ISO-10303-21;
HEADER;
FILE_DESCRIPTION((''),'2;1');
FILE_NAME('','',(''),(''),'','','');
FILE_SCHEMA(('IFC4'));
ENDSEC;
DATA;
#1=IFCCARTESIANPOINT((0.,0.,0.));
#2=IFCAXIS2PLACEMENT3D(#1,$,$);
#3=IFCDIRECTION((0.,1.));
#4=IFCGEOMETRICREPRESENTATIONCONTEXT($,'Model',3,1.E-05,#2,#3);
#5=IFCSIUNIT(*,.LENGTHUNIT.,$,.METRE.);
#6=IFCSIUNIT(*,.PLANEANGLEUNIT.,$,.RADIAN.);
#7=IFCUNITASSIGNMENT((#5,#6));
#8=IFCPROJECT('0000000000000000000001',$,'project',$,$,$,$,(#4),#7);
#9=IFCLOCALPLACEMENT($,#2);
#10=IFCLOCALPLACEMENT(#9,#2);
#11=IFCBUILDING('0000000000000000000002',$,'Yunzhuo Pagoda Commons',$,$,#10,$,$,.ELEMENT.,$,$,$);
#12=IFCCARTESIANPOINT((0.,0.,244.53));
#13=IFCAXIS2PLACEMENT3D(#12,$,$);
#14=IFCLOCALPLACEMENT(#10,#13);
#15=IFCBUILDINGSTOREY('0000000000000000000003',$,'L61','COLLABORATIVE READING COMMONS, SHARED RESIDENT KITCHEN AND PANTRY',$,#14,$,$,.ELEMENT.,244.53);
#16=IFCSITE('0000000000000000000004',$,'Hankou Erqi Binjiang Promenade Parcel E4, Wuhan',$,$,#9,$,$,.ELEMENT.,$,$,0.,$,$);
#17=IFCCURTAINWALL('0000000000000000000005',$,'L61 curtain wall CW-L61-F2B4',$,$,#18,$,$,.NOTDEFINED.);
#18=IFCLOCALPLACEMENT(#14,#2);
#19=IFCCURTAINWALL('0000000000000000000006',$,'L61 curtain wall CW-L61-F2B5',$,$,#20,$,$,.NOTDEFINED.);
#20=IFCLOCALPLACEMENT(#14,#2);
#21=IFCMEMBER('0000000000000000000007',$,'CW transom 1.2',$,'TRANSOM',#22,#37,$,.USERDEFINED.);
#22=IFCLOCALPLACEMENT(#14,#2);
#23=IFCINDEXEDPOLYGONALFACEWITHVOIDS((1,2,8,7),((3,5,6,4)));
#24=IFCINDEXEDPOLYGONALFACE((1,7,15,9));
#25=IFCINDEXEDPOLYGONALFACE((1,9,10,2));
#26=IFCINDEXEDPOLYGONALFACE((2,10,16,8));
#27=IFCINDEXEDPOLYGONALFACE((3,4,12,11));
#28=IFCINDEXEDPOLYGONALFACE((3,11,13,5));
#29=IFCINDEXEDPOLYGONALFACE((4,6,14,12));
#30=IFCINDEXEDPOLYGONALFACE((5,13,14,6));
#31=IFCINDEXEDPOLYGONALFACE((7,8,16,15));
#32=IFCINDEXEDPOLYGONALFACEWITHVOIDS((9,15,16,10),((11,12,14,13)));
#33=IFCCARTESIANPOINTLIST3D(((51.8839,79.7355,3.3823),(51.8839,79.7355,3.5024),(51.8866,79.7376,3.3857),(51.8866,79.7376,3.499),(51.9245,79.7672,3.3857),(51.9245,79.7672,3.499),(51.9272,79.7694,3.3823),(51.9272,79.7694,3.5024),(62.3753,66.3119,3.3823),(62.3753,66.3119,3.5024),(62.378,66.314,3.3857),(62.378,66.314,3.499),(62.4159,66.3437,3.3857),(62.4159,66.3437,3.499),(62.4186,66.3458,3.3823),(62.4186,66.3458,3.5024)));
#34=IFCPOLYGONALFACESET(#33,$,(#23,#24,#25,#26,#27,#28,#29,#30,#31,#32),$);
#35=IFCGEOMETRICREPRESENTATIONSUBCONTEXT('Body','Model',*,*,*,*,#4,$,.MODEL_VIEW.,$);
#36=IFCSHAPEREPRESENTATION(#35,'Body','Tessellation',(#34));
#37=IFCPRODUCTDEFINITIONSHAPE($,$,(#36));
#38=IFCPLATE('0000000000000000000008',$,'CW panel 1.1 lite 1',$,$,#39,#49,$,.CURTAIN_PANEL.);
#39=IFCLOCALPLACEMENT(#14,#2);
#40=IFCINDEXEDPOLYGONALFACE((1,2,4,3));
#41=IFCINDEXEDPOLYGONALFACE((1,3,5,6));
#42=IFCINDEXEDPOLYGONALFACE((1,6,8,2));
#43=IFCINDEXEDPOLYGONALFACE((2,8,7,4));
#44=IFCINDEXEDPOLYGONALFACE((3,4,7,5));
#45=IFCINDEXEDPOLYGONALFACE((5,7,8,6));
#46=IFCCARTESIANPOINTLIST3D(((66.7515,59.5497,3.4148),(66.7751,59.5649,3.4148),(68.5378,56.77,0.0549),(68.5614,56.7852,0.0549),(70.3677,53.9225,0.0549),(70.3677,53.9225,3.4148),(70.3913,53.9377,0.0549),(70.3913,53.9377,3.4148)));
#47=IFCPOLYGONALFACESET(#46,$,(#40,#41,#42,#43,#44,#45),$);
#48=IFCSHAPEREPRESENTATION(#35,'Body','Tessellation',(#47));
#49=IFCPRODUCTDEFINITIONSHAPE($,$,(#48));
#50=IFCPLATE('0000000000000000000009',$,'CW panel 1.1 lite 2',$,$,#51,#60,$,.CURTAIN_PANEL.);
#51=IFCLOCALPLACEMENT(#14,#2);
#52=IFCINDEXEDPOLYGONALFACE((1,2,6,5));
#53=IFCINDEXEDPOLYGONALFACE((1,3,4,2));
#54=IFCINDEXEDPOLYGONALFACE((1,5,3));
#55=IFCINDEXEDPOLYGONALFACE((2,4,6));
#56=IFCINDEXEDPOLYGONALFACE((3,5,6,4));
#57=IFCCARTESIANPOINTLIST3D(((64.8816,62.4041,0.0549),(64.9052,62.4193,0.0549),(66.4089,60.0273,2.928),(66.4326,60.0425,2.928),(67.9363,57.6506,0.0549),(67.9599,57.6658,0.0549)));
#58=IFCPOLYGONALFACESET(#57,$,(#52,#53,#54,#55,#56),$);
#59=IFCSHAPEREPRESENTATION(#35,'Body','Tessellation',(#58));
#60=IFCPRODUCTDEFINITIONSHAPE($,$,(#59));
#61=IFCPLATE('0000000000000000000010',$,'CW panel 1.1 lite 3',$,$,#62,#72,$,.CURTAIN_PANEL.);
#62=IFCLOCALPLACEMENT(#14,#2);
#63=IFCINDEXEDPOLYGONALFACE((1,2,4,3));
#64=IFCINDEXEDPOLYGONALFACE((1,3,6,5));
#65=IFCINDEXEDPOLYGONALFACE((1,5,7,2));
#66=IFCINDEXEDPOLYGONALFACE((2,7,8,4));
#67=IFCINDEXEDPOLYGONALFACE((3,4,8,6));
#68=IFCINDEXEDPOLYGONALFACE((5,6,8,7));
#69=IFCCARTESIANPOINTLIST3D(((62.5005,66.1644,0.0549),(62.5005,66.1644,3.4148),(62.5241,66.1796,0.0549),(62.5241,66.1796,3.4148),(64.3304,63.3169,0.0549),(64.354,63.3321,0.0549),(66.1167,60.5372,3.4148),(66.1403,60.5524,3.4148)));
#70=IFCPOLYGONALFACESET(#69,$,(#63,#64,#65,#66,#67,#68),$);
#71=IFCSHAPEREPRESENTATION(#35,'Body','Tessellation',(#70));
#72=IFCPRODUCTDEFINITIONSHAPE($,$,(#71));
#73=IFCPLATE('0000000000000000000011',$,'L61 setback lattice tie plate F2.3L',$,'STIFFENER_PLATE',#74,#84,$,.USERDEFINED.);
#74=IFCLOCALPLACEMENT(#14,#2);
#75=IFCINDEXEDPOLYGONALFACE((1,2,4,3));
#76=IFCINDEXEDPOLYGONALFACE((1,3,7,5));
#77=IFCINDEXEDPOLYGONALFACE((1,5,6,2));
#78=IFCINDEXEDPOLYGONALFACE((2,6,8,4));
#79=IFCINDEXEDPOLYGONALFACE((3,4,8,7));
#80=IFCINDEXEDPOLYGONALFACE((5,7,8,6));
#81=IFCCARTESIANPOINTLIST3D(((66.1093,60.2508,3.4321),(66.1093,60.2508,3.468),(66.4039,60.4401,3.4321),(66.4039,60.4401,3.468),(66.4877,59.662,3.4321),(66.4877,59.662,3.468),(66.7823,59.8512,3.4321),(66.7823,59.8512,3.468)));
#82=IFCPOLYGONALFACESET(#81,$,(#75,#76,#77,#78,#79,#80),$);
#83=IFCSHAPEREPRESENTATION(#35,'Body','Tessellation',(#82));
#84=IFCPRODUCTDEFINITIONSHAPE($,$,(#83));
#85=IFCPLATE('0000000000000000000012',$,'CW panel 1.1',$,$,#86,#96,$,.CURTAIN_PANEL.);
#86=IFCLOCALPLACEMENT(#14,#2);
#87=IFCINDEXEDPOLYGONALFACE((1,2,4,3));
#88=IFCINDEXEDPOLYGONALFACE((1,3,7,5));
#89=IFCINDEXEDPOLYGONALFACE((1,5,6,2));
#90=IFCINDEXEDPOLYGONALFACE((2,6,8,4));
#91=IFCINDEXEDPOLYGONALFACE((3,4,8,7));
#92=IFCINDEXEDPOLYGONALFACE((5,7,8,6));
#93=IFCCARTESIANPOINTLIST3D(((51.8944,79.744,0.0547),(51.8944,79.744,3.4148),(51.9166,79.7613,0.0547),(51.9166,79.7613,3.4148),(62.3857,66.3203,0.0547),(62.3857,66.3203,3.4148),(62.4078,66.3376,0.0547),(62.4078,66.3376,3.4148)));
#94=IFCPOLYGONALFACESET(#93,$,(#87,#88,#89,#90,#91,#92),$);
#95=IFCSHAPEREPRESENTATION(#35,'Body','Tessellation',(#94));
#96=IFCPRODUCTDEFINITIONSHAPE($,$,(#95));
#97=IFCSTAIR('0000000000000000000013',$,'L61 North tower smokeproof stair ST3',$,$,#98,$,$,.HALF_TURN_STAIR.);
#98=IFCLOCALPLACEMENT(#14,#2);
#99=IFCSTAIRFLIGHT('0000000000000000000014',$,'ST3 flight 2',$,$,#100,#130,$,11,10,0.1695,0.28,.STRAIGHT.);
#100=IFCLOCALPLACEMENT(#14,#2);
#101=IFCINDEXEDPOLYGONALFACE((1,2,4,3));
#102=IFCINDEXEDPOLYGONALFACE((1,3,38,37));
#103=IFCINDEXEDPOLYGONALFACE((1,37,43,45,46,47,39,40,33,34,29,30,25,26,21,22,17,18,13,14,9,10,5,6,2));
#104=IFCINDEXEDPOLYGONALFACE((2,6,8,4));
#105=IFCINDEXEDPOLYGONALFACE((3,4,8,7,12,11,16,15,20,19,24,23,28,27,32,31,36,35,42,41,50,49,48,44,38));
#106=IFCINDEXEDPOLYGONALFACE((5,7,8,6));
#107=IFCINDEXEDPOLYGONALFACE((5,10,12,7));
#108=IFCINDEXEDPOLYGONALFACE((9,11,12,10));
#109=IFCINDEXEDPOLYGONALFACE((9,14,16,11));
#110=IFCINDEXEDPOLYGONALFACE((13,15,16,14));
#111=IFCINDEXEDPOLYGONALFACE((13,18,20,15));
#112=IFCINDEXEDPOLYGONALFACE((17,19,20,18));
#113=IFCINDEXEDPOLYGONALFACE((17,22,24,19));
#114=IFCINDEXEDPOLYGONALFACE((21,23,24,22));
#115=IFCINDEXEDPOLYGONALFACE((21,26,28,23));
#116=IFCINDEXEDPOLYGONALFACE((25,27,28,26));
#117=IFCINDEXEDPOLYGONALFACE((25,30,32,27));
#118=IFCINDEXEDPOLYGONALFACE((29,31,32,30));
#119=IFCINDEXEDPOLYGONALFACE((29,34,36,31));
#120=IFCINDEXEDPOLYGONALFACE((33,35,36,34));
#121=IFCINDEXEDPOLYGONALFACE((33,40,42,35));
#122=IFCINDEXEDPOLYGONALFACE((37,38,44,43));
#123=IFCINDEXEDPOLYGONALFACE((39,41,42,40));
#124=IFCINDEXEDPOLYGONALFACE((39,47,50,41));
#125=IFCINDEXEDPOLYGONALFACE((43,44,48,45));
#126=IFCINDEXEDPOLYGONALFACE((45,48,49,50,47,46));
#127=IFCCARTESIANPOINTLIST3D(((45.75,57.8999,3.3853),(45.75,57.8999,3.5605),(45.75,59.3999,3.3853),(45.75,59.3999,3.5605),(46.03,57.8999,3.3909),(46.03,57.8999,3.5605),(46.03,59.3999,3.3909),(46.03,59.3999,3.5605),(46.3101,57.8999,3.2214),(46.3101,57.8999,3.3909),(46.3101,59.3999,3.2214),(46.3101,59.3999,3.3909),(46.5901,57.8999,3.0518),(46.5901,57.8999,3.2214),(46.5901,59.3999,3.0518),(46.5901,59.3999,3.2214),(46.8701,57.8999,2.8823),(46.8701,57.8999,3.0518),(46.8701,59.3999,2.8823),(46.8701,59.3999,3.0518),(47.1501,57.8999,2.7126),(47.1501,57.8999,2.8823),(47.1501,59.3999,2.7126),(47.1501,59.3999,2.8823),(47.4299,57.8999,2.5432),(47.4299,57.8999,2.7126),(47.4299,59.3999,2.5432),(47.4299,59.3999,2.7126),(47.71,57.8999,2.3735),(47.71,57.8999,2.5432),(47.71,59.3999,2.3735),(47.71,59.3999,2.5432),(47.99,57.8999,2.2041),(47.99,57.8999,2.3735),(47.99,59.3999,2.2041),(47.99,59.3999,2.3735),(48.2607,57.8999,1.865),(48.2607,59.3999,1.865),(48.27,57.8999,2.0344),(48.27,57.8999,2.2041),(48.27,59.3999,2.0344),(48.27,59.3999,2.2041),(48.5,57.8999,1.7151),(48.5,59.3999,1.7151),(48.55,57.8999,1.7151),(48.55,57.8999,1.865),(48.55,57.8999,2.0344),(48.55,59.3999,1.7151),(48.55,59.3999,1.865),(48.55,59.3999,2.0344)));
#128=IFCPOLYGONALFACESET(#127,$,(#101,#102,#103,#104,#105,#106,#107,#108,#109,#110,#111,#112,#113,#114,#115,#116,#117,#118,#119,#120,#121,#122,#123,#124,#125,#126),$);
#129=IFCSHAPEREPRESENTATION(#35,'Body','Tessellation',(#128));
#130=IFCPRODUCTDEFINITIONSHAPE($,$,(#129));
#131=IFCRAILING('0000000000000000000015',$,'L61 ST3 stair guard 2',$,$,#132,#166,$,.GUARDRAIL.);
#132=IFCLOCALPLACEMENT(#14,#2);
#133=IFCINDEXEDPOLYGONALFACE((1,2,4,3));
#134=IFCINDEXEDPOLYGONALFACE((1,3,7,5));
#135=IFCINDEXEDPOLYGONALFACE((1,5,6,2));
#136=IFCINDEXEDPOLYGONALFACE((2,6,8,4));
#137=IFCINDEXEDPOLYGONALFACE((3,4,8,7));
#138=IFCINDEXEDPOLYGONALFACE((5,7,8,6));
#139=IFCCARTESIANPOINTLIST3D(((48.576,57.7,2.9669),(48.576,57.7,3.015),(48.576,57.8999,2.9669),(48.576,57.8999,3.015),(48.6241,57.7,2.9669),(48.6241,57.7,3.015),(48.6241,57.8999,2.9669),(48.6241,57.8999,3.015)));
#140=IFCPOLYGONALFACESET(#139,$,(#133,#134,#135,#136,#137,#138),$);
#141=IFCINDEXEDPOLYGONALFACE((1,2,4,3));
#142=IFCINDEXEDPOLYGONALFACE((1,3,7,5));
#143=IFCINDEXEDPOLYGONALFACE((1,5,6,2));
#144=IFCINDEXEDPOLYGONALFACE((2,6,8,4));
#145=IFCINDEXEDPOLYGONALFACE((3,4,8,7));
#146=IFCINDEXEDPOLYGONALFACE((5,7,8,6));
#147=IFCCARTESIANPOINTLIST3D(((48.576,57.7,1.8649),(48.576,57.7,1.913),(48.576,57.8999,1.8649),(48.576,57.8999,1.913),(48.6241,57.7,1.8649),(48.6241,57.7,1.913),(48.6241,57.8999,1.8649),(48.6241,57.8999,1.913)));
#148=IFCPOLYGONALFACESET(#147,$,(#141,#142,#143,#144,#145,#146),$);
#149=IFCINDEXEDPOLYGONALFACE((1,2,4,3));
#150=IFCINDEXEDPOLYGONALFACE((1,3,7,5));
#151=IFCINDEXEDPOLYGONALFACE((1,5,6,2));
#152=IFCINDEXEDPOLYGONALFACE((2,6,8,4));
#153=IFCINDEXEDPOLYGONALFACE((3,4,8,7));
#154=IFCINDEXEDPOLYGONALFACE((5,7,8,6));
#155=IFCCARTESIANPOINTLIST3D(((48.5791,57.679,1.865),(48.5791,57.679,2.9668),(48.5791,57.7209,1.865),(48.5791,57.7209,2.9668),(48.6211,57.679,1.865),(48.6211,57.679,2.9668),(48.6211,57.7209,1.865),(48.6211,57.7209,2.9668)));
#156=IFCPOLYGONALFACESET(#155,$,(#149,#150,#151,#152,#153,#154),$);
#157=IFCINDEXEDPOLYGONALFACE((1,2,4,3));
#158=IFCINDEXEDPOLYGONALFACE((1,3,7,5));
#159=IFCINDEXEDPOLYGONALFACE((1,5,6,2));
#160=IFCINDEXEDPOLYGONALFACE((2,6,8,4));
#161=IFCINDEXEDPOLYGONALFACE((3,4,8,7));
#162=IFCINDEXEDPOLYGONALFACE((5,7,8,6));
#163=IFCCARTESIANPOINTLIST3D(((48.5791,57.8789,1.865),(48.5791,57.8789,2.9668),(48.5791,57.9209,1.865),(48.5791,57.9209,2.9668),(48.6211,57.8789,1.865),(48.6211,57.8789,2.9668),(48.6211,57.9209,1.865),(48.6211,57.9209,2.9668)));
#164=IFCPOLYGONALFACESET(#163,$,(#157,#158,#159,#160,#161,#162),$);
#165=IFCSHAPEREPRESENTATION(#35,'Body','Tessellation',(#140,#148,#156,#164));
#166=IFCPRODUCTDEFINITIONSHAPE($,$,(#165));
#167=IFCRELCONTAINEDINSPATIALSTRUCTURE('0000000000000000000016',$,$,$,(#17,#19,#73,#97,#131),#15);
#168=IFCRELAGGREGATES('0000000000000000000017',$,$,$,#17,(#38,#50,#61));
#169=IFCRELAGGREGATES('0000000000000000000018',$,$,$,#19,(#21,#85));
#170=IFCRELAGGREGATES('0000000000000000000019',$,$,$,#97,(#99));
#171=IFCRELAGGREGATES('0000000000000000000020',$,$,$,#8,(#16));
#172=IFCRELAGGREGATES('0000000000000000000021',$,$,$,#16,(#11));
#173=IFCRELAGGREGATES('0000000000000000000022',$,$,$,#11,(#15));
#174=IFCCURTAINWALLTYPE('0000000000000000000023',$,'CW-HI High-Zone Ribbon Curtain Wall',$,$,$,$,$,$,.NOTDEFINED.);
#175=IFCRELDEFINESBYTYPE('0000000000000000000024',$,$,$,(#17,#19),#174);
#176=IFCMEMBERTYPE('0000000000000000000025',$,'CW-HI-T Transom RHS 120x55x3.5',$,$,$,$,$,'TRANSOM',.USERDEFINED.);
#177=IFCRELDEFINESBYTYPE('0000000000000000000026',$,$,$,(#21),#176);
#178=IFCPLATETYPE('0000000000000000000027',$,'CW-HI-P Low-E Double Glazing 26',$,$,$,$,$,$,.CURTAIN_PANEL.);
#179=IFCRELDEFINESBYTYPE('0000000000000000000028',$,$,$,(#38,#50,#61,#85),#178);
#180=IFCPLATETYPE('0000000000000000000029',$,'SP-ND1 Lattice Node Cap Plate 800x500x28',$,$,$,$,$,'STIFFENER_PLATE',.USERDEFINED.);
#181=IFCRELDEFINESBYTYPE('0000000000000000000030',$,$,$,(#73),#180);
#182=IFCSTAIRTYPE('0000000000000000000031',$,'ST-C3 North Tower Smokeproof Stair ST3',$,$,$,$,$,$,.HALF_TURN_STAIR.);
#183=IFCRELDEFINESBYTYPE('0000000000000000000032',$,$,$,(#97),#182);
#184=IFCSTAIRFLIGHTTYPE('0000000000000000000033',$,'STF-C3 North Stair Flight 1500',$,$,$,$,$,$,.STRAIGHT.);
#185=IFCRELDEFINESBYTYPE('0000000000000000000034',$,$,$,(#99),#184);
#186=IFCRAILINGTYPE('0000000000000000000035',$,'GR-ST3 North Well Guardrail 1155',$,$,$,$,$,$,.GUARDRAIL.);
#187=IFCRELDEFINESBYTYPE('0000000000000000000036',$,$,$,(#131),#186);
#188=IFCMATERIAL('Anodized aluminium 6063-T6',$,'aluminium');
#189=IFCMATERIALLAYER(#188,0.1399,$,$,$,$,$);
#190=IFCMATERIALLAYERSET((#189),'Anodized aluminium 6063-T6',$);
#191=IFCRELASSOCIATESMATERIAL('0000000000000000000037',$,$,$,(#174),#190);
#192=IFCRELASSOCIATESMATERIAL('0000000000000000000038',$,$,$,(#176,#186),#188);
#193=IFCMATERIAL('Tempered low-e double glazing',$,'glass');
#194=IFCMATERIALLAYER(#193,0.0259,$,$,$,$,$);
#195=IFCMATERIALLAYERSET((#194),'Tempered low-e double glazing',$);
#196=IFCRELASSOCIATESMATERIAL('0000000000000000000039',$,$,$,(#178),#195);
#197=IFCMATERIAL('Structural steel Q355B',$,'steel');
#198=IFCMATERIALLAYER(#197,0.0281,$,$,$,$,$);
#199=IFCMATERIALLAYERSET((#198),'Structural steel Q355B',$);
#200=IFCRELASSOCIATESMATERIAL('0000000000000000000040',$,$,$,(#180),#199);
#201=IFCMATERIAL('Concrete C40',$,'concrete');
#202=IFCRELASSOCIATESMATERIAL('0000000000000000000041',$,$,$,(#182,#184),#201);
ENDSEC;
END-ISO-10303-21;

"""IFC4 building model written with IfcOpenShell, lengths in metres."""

from ifc_helpers import new_model, si_unit, direction, frame, origin, origin_2d, place, context, subcontext, project, spatial, polyline, rectangle, hollow_rectangle, outline, extrude, source, transform, mapped, material, layer, layer_set, material_profile, profile_set, type_object, element, aggregate, save


model = new_model("IFC4")

# Units and contexts
model_context = context("Model", 3, precision=1e-05, world=origin(), true_north=direction((0.0, 1.0)))
body_context = subcontext(model_context, "Body", "Model", "MODEL_VIEW")
ifc_project = project(units=[si_unit("LENGTHUNIT", "METRE"), si_unit("PLANEANGLEUNIT", "RADIAN")], contexts=[model_context])

# Site, building, storey
site_placement = place(None, origin())
site = spatial("IfcSite", under=ifc_project, at=site_placement, Name="Hankou Erqi Binjiang Promenade Parcel E4, Wuhan", CompositionType="ELEMENT", RefElevation=0.0)
building_placement = place(site_placement, origin())
building = spatial("IfcBuilding", under=site, at=building_placement, Name="Yunzhuo Pagoda Commons", CompositionType="ELEMENT")
storey_placement = place(building_placement, frame((0.0, 0.0, 244.53)))
storey = spatial("IfcBuildingStorey", under=building, at=storey_placement, Name="L61", Description="COLLABORATIVE READING COMMONS, SHARED RESIDENT KITCHEN AND PANTRY", CompositionType="ELEMENT", Elevation=244.53)

# Shared definitions
ifc_material_1 = material(Name="Structural steel Q355B", Category="steel")

# Curtain wall
ifc_material_2 = material(Name="Anodized aluminium 6063-T6", Category="aluminium")
ifc_layer_1 = layer(ifc_material_2, 0.1399)
ifc_layer_set_1 = layer_set([ifc_layer_1], Name="Anodized aluminium 6063-T6")
curtain_wall_type = type_object("IfcCurtainWallType", Name="CW-HI High-Zone Ribbon Curtain Wall", PredefinedType="NOTDEFINED", material=ifc_layer_set_1)
curtain_wall_1_placement = place(storey_placement, origin())
curtain_wall_1 = element("IfcCurtainWall", 1, at=curtain_wall_1_placement, inside=storey, type_object=curtain_wall_type, Name="L61 curtain wall CW-L61-F2B4", PredefinedType="NOTDEFINED")

# Curtain wall, member
curtain_wall_2_placement = place(storey_placement, origin())
curtain_wall_2 = element("IfcCurtainWall", 2, at=curtain_wall_2_placement, inside=storey, type_object=curtain_wall_type, Name="L61 curtain wall CW-L61-F2B5", PredefinedType="NOTDEFINED")
ifc_material_profile_1 = material_profile(ifc_material_2, hollow_rectangle(XDim=0.0549, YDim=0.1201, WallThickness=0.0034, at=origin_2d()), Name="Anodized aluminium 6063-T6")
ifc_profile_set_1 = profile_set([ifc_material_profile_1], Name="Anodized aluminium 6063-T6")
member_type_1 = type_object("IfcMemberType", Name="CW-HI-T Transom RHS 120x55x3.5", ElementType="TRANSOM", PredefinedType="USERDEFINED", material=ifc_profile_set_1)
shared_shape_1 = source(origin(), body_context, "Body", "SweptSolid", [
    extrude(hollow_rectangle(XDim=0.0549, YDim=0.1201, WallThickness=0.0034, at=origin_2d()), origin(), (0.0, 0.0, 1.0), 17.0371),
])
member_1_placement = place(storey_placement, frame((62.397, 66.3289, 3.4424), z_axis=(-0.6158, 0.787902, 0.0), x_axis=(-0.787902, -0.6158, 0.0)))
member_1 = element("IfcMember", 3, at=member_1_placement, type_object=member_type_1, Name="CW transom 1.2", ObjectType="TRANSOM", PredefinedType="USERDEFINED", context=body_context, shape_type="MappedRepresentation", body=[
    mapped(shared_shape_1, transform((0.0, 0.0, 0.0), scale=1.0)),
])

# Plates
ifc_material_3 = material(Name="Tempered low-e double glazing", Category="glass")
ifc_layer_2 = layer(ifc_material_3, 0.0259)
ifc_layer_set_2 = layer_set([ifc_layer_2], Name="Tempered low-e double glazing")
plate_type_1 = type_object("IfcPlateType", Name="CW-HI-P Low-E Double Glazing 26", PredefinedType="CURTAIN_PANEL", material=ifc_layer_set_2)
plate_1_placement = place(storey_placement, frame((68.5596, 56.7361, 1.7349), z_axis=(0.841269, 0.540617, 0.0), x_axis=(-0.540617, 0.841269, 0.0)))
plate_1 = element("IfcPlate", 4, at=plate_1_placement, type_object=plate_type_1, Name="CW panel 1.1 lite 1", PredefinedType="CURTAIN_PANEL", context=body_context, shape_type="SweptSolid", body=[
    extrude(outline(polyline([(-3.3445, -1.6799), (0.0403, -1.6799), (3.3445, 1.6799), (-3.3445, 1.6799), (-3.3445, -1.6799)])), origin(), (0.0, 0.0, 1.0), 0.0281),
])
plate_2_placement = place(storey_placement, frame((66.4089, 60.0273, 1.4915), z_axis=(0.841269, 0.540617, 0.0), x_axis=(-0.540617, 0.841269, 0.0)))
plate_2 = element("IfcPlate", 5, at=plate_2_placement, type_object=plate_type_1, Name="CW panel 1.1 lite 2", PredefinedType="CURTAIN_PANEL", context=body_context, shape_type="SweptSolid", body=[
    extrude(outline(polyline([(-2.8252, -1.4365), (2.8252, -1.4365), (0.0, 1.4365), (-2.8252, -1.4365)])), origin(), (0.0, 0.0, 1.0), 0.0281),
])
plate_3_placement = place(storey_placement, frame((64.3086, 63.3508, 1.7349), z_axis=(0.841269, 0.540617, 0.0), x_axis=(-0.540617, 0.841269, 0.0)))
plate_3 = element("IfcPlate", 6, at=plate_3_placement, type_object=plate_type_1, Name="CW panel 1.1 lite 3", PredefinedType="CURTAIN_PANEL", context=body_context, shape_type="SweptSolid", body=[
    extrude(outline(polyline([(-3.3445, 1.6799), (-0.0403, -1.6799), (3.3445, -1.6799), (3.3445, 1.6799), (-3.3445, 1.6799)])), origin(), (0.0, 0.0, 1.0), 0.0281),
])
aggregate(curtain_wall_1, [plate_1, plate_2, plate_3])
ifc_layer_3 = layer(ifc_material_1, 0.0281)
ifc_layer_set_3 = layer_set([ifc_layer_3], Name="Structural steel Q355B")
plate_type_2 = type_object("IfcPlateType", Name="SP-ND1 Lattice Node Cap Plate 800x500x28", ElementType="STIFFENER_PLATE", PredefinedType="USERDEFINED", material=ifc_layer_set_3)
shared_shape_2 = source(origin(), body_context, "Body", "SweptSolid", [
    extrude(rectangle(XDim=0.7, YDim=0.3501, at=origin_2d()), origin(), (0.0, 0.0, 1.0), 0.0359),
])
plate_4_placement = place(storey_placement, frame((66.4458, 60.051, 3.4321), z_axis=(0.0, 0.0, 1.0), x_axis=(-0.540622, 0.841266, 0.0)))
element("IfcPlate", 7, at=plate_4_placement, inside=storey, type_object=plate_type_2, Name="L61 setback lattice tie plate F2.3L", ObjectType="STIFFENER_PLATE", PredefinedType="USERDEFINED", context=body_context, shape_type="MappedRepresentation", body=[
    mapped(shared_shape_2, transform((0.0, 0.0, 0.0), scale=1.0)),
])
shared_shape_3 = source(origin(), body_context, "Body", "SweptSolid", [
    extrude(rectangle(XDim=17.0371, YDim=0.0281, at=origin_2d()), origin(), (0.0, 0.0, 1.0), 3.3601),
])
plate_5_placement = place(storey_placement, frame((57.1511, 73.0408, 0.0547), z_axis=(0.0, 0.0, 1.0), x_axis=(-0.615789, 0.787911, 0.0)))
plate_5 = element("IfcPlate", 8, at=plate_5_placement, type_object=plate_type_1, Name="CW panel 1.1", PredefinedType="CURTAIN_PANEL", context=body_context, shape_type="MappedRepresentation", body=[
    mapped(shared_shape_3, transform((0.0, 0.0, 0.0), scale=1.0)),
])
aggregate(curtain_wall_2, [member_1, plate_5])

# Stair, stair flight
ifc_material_4 = material(Name="Concrete C40", Category="concrete")
stair_type = type_object("IfcStairType", Name="ST-C3 North Tower Smokeproof Stair ST3", PredefinedType="HALF_TURN_STAIR", material=ifc_material_4)
stair_placement = place(storey_placement, origin())
stair = element("IfcStair", 9, at=stair_placement, inside=storey, type_object=stair_type, Name="L61 North tower smokeproof stair ST3", PredefinedType="HALF_TURN_STAIR")
stair_flight_type = type_object("IfcStairFlightType", Name="STF-C3 North Stair Flight 1500", PredefinedType="STRAIGHT", material=ifc_material_4)
shared_shape_4 = source(origin(), body_context, "Body", "SweptSolid", [
    extrude(outline(polyline([(0.0, -0.1499), (0.0, 0.0), (0.0, 0.1694), (0.28, 0.1694), (0.28, 0.3391), (0.5601, 0.3391), (0.5601, 0.5085), (0.8401, 0.5085), (0.8401, 0.6782), (1.1201, 0.6782), (1.1201, 0.8477), (1.3999, 0.8477), (1.3999, 1.0173), (1.6799, 1.0173), (1.6799, 1.1868), (1.96, 1.1868), (1.96, 1.3564), (2.24, 1.3564), (2.24, 1.5259), (2.52, 1.5259), (2.52, 1.6956), (2.8, 1.6956), (2.8, 1.865), (2.8, 1.5203), (0.2893, 0.0), (0.05, -0.1499), (0.0, -0.1499)])), frame((0.0, 0.75, 0.0), z_axis=(0.0, -1.0, 0.0), x_axis=(1.0, 0.0, 0.0)), (0.0, 0.0, 1.0), 1.5),
])
stair_flight_placement = place(storey_placement, frame((48.55, 58.6499, 1.865), z_axis=(0.0, 0.0, 1.0), x_axis=(-1.0, 0.0, 0.0)))
stair_flight = element("IfcStairFlight", 10, at=stair_flight_placement, type_object=stair_flight_type, Name="ST3 flight 2", NumberOfRisers=11, NumberOfTreads=10, PredefinedType="STRAIGHT", RiserHeight=0.1695, TreadLength=0.28, context=body_context, shape_type="MappedRepresentation", body=[
    mapped(shared_shape_4, transform((0.0, 0.0, 0.0), scale=1.0)),
])
aggregate(stair, [stair_flight])

# Railing
railing_type_1 = type_object("IfcRailingType", Name="GR-ST3 North Well Guardrail 1155", PredefinedType="GUARDRAIL", material=ifc_material_2)
railing_1_placement = place(storey_placement, frame((48.6001, 57.7, 1.865)))
element("IfcRailing", 11, at=railing_1_placement, inside=storey, type_object=railing_type_1, Name="L61 ST3 stair guard 2", PredefinedType="GUARDRAIL", context=body_context, shape_type="SweptSolid", body=[
    extrude(rectangle(XDim=0.0481, YDim=0.0481, at=origin_2d()), frame((0.0, 0.0, 1.126), z_axis=(0.0, 1.0, 0.0), x_axis=(-1.0, 0.0, 0.0)), (0.0, 0.0, 1.0), 0.2),
    extrude(rectangle(XDim=0.0481, YDim=0.0481, at=origin_2d()), frame((0.0, 0.0, 0.0239), z_axis=(0.0, 1.0, 0.0), x_axis=(-1.0, 0.0, 0.0)), (0.0, 0.0, 1.0), 0.2),
    extrude(rectangle(XDim=0.042, YDim=0.042, at=origin_2d()), origin(), (0.0, 0.0, 1.0), 1.1018),
    extrude(rectangle(XDim=0.042, YDim=0.042, at=origin_2d()), frame((0.0, 0.2, 0.0)), (0.0, 0.0, 1.0), 1.1018),
])

save(model, "model.ifc")
